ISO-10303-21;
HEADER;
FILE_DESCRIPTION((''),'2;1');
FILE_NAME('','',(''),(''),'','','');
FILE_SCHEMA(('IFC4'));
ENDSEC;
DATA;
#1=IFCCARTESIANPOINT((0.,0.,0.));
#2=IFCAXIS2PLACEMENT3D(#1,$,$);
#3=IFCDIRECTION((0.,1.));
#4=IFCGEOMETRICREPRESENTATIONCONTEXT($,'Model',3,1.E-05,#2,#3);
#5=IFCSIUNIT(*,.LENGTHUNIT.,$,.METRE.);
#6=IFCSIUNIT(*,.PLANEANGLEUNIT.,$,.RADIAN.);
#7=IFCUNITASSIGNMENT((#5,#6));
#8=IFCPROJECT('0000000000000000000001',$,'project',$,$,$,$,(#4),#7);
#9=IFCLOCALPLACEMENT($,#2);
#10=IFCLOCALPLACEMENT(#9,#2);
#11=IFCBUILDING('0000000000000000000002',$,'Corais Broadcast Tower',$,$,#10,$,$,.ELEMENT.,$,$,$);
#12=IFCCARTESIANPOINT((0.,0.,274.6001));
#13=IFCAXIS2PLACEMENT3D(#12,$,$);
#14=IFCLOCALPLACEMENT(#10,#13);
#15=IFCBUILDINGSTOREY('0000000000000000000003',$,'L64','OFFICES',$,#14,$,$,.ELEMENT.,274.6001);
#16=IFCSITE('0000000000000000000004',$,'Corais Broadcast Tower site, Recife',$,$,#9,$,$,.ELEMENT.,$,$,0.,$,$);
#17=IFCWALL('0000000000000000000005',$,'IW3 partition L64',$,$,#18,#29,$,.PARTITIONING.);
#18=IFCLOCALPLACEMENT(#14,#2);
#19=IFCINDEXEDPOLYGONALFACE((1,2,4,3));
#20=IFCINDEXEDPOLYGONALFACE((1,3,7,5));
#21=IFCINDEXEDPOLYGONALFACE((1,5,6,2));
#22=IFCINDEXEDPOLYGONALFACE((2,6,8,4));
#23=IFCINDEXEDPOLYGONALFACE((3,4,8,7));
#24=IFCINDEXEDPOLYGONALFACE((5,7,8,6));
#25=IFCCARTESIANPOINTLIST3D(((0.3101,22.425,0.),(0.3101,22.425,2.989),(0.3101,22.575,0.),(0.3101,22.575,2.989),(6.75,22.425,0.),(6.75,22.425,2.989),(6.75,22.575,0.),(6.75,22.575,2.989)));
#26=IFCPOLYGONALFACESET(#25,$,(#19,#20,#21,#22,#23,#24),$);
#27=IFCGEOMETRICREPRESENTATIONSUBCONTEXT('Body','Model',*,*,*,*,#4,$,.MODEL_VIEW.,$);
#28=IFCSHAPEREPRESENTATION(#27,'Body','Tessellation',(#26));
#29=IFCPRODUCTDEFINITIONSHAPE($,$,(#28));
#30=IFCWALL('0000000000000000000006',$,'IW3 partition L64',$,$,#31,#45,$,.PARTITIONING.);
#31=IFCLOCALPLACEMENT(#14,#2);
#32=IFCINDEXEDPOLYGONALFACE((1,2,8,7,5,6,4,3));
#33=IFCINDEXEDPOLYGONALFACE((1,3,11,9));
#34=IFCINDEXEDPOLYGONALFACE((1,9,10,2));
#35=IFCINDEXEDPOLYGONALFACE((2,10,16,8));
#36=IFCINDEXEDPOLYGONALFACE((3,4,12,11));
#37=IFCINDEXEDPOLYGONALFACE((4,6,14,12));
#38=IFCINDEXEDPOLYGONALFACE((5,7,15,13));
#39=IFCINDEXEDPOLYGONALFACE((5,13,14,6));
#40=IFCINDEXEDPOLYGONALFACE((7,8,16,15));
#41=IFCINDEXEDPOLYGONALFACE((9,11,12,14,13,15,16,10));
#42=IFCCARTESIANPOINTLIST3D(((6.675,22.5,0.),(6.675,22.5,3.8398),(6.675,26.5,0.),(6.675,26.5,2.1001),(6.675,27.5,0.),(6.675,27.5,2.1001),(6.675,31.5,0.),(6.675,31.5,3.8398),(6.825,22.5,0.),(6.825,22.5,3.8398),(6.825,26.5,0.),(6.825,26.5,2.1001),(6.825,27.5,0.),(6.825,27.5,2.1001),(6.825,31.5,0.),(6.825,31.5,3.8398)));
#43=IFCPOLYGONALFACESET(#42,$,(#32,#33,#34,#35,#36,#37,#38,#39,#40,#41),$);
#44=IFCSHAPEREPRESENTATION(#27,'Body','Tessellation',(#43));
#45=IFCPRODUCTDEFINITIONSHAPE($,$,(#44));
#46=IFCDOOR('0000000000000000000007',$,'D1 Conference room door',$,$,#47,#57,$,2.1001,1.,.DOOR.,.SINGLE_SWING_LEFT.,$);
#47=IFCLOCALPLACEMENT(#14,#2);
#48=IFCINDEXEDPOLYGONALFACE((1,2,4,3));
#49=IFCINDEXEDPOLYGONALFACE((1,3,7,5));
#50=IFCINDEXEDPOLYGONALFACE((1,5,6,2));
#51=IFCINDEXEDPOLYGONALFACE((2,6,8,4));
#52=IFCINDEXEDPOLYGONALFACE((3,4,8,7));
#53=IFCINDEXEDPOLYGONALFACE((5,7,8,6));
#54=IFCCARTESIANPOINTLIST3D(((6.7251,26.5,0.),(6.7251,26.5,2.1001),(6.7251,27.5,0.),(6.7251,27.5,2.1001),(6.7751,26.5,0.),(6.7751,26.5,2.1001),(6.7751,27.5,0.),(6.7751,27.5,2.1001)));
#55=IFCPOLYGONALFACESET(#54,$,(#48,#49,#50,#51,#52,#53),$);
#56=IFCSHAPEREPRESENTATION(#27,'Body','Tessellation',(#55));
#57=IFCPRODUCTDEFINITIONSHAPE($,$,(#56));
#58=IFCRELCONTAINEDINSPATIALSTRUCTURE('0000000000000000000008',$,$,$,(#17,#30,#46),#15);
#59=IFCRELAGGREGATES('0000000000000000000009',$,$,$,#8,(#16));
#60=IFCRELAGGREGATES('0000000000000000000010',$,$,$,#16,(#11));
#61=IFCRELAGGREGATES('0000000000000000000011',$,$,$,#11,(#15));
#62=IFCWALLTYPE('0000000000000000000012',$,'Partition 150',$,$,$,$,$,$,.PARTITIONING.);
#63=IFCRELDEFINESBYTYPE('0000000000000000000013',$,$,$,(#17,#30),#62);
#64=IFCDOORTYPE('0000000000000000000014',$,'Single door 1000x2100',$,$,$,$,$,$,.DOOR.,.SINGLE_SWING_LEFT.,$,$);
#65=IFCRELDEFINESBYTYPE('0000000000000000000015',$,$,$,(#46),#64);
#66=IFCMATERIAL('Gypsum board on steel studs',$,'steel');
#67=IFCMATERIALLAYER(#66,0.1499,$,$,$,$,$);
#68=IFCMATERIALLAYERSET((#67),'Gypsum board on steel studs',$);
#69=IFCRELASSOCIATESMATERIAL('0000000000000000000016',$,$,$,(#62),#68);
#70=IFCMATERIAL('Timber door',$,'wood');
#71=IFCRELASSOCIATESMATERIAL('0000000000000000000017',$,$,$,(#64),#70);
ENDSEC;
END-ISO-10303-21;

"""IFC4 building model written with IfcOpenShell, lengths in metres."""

from ifc_helpers import new_model, si_unit, direction, frame, frame_2d, origin, place, context, subcontext, project, spatial, rectangle, extrude, material, layer, layer_set, type_object, element, fill, save


model = new_model("IFC4")

# Units and contexts
model_context = context("Model", 3, precision=1e-05, world=origin(), true_north=direction((0.0, 1.0)))
body_context = subcontext(model_context, "Body", "Model", "MODEL_VIEW")
ifc_project = project(units=[si_unit("LENGTHUNIT", "METRE"), si_unit("PLANEANGLEUNIT", "RADIAN")], contexts=[model_context])

# Site, building, storey
site_placement = place(None, origin())
site = spatial("IfcSite", under=ifc_project, at=site_placement, Name="Corais Broadcast Tower site, Recife", CompositionType="ELEMENT", RefElevation=0.0)
building_placement = place(site_placement, origin())
building = spatial("IfcBuilding", under=site, at=building_placement, Name="Corais Broadcast Tower", CompositionType="ELEMENT")
storey_placement = place(building_placement, frame((0.0, 0.0, 274.6001)))
storey = spatial("IfcBuildingStorey", under=building, at=storey_placement, Name="L64", Description="OFFICES", CompositionType="ELEMENT", Elevation=274.6001)

# Wall
ifc_material_1 = material(Name="Gypsum board on steel studs", Category="steel")
ifc_layer_1 = layer(ifc_material_1, 0.1499)
ifc_layer_set_1 = layer_set([ifc_layer_1], Name="Gypsum board on steel studs")
wall_type = type_object("IfcWallType", Name="Partition 150", PredefinedType="PARTITIONING", material=ifc_layer_set_1)
wall_1_placement = place(storey_placement, frame((0.3101, 22.5, 0.0), z_axis=(0.0, 0.0, 1.0), x_axis=(1.0, 0.0, 0.0)))
element("IfcWall", 1, at=wall_1_placement, inside=storey, type_object=wall_type, Name="IW3 partition L64", PredefinedType="PARTITIONING", context=body_context, shape_type="SweptSolid", body=[
    extrude(rectangle(XDim=6.4399, YDim=0.1499, at=frame_2d((3.22, 0.0))), origin(), (0.0, 0.0, 1.0), 2.989),
])

# Wall, opening, door
wall_2_placement = place(storey_placement, frame((6.75, 22.5, 0.0), z_axis=(0.0, 0.0, 1.0), x_axis=(0.0, 1.0, 0.0)))
wall_2 = element("IfcWall", 2, at=wall_2_placement, inside=storey, type_object=wall_type, Name="IW3 partition L64", PredefinedType="PARTITIONING", context=body_context, shape_type="SweptSolid", body=[
    extrude(rectangle(XDim=9.0, YDim=0.1499, at=frame_2d((4.5, 0.0))), origin(), (0.0, 0.0, 1.0), 3.8398),
])
opening_placement = place(wall_2_placement, frame((4.0, 0.0, 0.0)))
opening = element("IfcOpeningElement", 3, at=opening_placement, cuts=wall_2, PredefinedType="OPENING", context=body_context, shape_type="SweptSolid", body=[
    extrude(rectangle(XDim=1.0, YDim=2.1001, at=frame_2d((0.5, 1.05))), frame((0.0, 0.085, 0.0), z_axis=(0.0, -1.0, 0.0), x_axis=(1.0, 0.0, 0.0)), (0.0, 0.0, 1.0), 0.1699),
])
ifc_material_2 = material(Name="Timber door", Category="wood")
door_type = type_object("IfcDoorType", Name="Single door 1000x2100", OperationType="SINGLE_SWING_LEFT", PredefinedType="DOOR", material=ifc_material_2)
door_placement = place(opening_placement, origin())
door = element("IfcDoor", 4, at=door_placement, inside=storey, type_object=door_type, Name="D1 Conference room door", OperationType="SINGLE_SWING_LEFT", OverallHeight=2.1001, OverallWidth=1.0, PredefinedType="DOOR", context=body_context, shape_type="SweptSolid", body=[
    extrude(rectangle(XDim=1.0, YDim=2.1001, at=frame_2d((0.5, 1.05))), frame((0.0, 0.0249, 0.0), z_axis=(0.0, -1.0, 0.0), x_axis=(1.0, 0.0, 0.0)), (0.0, 0.0, 1.0), 0.05),
])
fill(opening, door)

save(model, "model.ifc")
